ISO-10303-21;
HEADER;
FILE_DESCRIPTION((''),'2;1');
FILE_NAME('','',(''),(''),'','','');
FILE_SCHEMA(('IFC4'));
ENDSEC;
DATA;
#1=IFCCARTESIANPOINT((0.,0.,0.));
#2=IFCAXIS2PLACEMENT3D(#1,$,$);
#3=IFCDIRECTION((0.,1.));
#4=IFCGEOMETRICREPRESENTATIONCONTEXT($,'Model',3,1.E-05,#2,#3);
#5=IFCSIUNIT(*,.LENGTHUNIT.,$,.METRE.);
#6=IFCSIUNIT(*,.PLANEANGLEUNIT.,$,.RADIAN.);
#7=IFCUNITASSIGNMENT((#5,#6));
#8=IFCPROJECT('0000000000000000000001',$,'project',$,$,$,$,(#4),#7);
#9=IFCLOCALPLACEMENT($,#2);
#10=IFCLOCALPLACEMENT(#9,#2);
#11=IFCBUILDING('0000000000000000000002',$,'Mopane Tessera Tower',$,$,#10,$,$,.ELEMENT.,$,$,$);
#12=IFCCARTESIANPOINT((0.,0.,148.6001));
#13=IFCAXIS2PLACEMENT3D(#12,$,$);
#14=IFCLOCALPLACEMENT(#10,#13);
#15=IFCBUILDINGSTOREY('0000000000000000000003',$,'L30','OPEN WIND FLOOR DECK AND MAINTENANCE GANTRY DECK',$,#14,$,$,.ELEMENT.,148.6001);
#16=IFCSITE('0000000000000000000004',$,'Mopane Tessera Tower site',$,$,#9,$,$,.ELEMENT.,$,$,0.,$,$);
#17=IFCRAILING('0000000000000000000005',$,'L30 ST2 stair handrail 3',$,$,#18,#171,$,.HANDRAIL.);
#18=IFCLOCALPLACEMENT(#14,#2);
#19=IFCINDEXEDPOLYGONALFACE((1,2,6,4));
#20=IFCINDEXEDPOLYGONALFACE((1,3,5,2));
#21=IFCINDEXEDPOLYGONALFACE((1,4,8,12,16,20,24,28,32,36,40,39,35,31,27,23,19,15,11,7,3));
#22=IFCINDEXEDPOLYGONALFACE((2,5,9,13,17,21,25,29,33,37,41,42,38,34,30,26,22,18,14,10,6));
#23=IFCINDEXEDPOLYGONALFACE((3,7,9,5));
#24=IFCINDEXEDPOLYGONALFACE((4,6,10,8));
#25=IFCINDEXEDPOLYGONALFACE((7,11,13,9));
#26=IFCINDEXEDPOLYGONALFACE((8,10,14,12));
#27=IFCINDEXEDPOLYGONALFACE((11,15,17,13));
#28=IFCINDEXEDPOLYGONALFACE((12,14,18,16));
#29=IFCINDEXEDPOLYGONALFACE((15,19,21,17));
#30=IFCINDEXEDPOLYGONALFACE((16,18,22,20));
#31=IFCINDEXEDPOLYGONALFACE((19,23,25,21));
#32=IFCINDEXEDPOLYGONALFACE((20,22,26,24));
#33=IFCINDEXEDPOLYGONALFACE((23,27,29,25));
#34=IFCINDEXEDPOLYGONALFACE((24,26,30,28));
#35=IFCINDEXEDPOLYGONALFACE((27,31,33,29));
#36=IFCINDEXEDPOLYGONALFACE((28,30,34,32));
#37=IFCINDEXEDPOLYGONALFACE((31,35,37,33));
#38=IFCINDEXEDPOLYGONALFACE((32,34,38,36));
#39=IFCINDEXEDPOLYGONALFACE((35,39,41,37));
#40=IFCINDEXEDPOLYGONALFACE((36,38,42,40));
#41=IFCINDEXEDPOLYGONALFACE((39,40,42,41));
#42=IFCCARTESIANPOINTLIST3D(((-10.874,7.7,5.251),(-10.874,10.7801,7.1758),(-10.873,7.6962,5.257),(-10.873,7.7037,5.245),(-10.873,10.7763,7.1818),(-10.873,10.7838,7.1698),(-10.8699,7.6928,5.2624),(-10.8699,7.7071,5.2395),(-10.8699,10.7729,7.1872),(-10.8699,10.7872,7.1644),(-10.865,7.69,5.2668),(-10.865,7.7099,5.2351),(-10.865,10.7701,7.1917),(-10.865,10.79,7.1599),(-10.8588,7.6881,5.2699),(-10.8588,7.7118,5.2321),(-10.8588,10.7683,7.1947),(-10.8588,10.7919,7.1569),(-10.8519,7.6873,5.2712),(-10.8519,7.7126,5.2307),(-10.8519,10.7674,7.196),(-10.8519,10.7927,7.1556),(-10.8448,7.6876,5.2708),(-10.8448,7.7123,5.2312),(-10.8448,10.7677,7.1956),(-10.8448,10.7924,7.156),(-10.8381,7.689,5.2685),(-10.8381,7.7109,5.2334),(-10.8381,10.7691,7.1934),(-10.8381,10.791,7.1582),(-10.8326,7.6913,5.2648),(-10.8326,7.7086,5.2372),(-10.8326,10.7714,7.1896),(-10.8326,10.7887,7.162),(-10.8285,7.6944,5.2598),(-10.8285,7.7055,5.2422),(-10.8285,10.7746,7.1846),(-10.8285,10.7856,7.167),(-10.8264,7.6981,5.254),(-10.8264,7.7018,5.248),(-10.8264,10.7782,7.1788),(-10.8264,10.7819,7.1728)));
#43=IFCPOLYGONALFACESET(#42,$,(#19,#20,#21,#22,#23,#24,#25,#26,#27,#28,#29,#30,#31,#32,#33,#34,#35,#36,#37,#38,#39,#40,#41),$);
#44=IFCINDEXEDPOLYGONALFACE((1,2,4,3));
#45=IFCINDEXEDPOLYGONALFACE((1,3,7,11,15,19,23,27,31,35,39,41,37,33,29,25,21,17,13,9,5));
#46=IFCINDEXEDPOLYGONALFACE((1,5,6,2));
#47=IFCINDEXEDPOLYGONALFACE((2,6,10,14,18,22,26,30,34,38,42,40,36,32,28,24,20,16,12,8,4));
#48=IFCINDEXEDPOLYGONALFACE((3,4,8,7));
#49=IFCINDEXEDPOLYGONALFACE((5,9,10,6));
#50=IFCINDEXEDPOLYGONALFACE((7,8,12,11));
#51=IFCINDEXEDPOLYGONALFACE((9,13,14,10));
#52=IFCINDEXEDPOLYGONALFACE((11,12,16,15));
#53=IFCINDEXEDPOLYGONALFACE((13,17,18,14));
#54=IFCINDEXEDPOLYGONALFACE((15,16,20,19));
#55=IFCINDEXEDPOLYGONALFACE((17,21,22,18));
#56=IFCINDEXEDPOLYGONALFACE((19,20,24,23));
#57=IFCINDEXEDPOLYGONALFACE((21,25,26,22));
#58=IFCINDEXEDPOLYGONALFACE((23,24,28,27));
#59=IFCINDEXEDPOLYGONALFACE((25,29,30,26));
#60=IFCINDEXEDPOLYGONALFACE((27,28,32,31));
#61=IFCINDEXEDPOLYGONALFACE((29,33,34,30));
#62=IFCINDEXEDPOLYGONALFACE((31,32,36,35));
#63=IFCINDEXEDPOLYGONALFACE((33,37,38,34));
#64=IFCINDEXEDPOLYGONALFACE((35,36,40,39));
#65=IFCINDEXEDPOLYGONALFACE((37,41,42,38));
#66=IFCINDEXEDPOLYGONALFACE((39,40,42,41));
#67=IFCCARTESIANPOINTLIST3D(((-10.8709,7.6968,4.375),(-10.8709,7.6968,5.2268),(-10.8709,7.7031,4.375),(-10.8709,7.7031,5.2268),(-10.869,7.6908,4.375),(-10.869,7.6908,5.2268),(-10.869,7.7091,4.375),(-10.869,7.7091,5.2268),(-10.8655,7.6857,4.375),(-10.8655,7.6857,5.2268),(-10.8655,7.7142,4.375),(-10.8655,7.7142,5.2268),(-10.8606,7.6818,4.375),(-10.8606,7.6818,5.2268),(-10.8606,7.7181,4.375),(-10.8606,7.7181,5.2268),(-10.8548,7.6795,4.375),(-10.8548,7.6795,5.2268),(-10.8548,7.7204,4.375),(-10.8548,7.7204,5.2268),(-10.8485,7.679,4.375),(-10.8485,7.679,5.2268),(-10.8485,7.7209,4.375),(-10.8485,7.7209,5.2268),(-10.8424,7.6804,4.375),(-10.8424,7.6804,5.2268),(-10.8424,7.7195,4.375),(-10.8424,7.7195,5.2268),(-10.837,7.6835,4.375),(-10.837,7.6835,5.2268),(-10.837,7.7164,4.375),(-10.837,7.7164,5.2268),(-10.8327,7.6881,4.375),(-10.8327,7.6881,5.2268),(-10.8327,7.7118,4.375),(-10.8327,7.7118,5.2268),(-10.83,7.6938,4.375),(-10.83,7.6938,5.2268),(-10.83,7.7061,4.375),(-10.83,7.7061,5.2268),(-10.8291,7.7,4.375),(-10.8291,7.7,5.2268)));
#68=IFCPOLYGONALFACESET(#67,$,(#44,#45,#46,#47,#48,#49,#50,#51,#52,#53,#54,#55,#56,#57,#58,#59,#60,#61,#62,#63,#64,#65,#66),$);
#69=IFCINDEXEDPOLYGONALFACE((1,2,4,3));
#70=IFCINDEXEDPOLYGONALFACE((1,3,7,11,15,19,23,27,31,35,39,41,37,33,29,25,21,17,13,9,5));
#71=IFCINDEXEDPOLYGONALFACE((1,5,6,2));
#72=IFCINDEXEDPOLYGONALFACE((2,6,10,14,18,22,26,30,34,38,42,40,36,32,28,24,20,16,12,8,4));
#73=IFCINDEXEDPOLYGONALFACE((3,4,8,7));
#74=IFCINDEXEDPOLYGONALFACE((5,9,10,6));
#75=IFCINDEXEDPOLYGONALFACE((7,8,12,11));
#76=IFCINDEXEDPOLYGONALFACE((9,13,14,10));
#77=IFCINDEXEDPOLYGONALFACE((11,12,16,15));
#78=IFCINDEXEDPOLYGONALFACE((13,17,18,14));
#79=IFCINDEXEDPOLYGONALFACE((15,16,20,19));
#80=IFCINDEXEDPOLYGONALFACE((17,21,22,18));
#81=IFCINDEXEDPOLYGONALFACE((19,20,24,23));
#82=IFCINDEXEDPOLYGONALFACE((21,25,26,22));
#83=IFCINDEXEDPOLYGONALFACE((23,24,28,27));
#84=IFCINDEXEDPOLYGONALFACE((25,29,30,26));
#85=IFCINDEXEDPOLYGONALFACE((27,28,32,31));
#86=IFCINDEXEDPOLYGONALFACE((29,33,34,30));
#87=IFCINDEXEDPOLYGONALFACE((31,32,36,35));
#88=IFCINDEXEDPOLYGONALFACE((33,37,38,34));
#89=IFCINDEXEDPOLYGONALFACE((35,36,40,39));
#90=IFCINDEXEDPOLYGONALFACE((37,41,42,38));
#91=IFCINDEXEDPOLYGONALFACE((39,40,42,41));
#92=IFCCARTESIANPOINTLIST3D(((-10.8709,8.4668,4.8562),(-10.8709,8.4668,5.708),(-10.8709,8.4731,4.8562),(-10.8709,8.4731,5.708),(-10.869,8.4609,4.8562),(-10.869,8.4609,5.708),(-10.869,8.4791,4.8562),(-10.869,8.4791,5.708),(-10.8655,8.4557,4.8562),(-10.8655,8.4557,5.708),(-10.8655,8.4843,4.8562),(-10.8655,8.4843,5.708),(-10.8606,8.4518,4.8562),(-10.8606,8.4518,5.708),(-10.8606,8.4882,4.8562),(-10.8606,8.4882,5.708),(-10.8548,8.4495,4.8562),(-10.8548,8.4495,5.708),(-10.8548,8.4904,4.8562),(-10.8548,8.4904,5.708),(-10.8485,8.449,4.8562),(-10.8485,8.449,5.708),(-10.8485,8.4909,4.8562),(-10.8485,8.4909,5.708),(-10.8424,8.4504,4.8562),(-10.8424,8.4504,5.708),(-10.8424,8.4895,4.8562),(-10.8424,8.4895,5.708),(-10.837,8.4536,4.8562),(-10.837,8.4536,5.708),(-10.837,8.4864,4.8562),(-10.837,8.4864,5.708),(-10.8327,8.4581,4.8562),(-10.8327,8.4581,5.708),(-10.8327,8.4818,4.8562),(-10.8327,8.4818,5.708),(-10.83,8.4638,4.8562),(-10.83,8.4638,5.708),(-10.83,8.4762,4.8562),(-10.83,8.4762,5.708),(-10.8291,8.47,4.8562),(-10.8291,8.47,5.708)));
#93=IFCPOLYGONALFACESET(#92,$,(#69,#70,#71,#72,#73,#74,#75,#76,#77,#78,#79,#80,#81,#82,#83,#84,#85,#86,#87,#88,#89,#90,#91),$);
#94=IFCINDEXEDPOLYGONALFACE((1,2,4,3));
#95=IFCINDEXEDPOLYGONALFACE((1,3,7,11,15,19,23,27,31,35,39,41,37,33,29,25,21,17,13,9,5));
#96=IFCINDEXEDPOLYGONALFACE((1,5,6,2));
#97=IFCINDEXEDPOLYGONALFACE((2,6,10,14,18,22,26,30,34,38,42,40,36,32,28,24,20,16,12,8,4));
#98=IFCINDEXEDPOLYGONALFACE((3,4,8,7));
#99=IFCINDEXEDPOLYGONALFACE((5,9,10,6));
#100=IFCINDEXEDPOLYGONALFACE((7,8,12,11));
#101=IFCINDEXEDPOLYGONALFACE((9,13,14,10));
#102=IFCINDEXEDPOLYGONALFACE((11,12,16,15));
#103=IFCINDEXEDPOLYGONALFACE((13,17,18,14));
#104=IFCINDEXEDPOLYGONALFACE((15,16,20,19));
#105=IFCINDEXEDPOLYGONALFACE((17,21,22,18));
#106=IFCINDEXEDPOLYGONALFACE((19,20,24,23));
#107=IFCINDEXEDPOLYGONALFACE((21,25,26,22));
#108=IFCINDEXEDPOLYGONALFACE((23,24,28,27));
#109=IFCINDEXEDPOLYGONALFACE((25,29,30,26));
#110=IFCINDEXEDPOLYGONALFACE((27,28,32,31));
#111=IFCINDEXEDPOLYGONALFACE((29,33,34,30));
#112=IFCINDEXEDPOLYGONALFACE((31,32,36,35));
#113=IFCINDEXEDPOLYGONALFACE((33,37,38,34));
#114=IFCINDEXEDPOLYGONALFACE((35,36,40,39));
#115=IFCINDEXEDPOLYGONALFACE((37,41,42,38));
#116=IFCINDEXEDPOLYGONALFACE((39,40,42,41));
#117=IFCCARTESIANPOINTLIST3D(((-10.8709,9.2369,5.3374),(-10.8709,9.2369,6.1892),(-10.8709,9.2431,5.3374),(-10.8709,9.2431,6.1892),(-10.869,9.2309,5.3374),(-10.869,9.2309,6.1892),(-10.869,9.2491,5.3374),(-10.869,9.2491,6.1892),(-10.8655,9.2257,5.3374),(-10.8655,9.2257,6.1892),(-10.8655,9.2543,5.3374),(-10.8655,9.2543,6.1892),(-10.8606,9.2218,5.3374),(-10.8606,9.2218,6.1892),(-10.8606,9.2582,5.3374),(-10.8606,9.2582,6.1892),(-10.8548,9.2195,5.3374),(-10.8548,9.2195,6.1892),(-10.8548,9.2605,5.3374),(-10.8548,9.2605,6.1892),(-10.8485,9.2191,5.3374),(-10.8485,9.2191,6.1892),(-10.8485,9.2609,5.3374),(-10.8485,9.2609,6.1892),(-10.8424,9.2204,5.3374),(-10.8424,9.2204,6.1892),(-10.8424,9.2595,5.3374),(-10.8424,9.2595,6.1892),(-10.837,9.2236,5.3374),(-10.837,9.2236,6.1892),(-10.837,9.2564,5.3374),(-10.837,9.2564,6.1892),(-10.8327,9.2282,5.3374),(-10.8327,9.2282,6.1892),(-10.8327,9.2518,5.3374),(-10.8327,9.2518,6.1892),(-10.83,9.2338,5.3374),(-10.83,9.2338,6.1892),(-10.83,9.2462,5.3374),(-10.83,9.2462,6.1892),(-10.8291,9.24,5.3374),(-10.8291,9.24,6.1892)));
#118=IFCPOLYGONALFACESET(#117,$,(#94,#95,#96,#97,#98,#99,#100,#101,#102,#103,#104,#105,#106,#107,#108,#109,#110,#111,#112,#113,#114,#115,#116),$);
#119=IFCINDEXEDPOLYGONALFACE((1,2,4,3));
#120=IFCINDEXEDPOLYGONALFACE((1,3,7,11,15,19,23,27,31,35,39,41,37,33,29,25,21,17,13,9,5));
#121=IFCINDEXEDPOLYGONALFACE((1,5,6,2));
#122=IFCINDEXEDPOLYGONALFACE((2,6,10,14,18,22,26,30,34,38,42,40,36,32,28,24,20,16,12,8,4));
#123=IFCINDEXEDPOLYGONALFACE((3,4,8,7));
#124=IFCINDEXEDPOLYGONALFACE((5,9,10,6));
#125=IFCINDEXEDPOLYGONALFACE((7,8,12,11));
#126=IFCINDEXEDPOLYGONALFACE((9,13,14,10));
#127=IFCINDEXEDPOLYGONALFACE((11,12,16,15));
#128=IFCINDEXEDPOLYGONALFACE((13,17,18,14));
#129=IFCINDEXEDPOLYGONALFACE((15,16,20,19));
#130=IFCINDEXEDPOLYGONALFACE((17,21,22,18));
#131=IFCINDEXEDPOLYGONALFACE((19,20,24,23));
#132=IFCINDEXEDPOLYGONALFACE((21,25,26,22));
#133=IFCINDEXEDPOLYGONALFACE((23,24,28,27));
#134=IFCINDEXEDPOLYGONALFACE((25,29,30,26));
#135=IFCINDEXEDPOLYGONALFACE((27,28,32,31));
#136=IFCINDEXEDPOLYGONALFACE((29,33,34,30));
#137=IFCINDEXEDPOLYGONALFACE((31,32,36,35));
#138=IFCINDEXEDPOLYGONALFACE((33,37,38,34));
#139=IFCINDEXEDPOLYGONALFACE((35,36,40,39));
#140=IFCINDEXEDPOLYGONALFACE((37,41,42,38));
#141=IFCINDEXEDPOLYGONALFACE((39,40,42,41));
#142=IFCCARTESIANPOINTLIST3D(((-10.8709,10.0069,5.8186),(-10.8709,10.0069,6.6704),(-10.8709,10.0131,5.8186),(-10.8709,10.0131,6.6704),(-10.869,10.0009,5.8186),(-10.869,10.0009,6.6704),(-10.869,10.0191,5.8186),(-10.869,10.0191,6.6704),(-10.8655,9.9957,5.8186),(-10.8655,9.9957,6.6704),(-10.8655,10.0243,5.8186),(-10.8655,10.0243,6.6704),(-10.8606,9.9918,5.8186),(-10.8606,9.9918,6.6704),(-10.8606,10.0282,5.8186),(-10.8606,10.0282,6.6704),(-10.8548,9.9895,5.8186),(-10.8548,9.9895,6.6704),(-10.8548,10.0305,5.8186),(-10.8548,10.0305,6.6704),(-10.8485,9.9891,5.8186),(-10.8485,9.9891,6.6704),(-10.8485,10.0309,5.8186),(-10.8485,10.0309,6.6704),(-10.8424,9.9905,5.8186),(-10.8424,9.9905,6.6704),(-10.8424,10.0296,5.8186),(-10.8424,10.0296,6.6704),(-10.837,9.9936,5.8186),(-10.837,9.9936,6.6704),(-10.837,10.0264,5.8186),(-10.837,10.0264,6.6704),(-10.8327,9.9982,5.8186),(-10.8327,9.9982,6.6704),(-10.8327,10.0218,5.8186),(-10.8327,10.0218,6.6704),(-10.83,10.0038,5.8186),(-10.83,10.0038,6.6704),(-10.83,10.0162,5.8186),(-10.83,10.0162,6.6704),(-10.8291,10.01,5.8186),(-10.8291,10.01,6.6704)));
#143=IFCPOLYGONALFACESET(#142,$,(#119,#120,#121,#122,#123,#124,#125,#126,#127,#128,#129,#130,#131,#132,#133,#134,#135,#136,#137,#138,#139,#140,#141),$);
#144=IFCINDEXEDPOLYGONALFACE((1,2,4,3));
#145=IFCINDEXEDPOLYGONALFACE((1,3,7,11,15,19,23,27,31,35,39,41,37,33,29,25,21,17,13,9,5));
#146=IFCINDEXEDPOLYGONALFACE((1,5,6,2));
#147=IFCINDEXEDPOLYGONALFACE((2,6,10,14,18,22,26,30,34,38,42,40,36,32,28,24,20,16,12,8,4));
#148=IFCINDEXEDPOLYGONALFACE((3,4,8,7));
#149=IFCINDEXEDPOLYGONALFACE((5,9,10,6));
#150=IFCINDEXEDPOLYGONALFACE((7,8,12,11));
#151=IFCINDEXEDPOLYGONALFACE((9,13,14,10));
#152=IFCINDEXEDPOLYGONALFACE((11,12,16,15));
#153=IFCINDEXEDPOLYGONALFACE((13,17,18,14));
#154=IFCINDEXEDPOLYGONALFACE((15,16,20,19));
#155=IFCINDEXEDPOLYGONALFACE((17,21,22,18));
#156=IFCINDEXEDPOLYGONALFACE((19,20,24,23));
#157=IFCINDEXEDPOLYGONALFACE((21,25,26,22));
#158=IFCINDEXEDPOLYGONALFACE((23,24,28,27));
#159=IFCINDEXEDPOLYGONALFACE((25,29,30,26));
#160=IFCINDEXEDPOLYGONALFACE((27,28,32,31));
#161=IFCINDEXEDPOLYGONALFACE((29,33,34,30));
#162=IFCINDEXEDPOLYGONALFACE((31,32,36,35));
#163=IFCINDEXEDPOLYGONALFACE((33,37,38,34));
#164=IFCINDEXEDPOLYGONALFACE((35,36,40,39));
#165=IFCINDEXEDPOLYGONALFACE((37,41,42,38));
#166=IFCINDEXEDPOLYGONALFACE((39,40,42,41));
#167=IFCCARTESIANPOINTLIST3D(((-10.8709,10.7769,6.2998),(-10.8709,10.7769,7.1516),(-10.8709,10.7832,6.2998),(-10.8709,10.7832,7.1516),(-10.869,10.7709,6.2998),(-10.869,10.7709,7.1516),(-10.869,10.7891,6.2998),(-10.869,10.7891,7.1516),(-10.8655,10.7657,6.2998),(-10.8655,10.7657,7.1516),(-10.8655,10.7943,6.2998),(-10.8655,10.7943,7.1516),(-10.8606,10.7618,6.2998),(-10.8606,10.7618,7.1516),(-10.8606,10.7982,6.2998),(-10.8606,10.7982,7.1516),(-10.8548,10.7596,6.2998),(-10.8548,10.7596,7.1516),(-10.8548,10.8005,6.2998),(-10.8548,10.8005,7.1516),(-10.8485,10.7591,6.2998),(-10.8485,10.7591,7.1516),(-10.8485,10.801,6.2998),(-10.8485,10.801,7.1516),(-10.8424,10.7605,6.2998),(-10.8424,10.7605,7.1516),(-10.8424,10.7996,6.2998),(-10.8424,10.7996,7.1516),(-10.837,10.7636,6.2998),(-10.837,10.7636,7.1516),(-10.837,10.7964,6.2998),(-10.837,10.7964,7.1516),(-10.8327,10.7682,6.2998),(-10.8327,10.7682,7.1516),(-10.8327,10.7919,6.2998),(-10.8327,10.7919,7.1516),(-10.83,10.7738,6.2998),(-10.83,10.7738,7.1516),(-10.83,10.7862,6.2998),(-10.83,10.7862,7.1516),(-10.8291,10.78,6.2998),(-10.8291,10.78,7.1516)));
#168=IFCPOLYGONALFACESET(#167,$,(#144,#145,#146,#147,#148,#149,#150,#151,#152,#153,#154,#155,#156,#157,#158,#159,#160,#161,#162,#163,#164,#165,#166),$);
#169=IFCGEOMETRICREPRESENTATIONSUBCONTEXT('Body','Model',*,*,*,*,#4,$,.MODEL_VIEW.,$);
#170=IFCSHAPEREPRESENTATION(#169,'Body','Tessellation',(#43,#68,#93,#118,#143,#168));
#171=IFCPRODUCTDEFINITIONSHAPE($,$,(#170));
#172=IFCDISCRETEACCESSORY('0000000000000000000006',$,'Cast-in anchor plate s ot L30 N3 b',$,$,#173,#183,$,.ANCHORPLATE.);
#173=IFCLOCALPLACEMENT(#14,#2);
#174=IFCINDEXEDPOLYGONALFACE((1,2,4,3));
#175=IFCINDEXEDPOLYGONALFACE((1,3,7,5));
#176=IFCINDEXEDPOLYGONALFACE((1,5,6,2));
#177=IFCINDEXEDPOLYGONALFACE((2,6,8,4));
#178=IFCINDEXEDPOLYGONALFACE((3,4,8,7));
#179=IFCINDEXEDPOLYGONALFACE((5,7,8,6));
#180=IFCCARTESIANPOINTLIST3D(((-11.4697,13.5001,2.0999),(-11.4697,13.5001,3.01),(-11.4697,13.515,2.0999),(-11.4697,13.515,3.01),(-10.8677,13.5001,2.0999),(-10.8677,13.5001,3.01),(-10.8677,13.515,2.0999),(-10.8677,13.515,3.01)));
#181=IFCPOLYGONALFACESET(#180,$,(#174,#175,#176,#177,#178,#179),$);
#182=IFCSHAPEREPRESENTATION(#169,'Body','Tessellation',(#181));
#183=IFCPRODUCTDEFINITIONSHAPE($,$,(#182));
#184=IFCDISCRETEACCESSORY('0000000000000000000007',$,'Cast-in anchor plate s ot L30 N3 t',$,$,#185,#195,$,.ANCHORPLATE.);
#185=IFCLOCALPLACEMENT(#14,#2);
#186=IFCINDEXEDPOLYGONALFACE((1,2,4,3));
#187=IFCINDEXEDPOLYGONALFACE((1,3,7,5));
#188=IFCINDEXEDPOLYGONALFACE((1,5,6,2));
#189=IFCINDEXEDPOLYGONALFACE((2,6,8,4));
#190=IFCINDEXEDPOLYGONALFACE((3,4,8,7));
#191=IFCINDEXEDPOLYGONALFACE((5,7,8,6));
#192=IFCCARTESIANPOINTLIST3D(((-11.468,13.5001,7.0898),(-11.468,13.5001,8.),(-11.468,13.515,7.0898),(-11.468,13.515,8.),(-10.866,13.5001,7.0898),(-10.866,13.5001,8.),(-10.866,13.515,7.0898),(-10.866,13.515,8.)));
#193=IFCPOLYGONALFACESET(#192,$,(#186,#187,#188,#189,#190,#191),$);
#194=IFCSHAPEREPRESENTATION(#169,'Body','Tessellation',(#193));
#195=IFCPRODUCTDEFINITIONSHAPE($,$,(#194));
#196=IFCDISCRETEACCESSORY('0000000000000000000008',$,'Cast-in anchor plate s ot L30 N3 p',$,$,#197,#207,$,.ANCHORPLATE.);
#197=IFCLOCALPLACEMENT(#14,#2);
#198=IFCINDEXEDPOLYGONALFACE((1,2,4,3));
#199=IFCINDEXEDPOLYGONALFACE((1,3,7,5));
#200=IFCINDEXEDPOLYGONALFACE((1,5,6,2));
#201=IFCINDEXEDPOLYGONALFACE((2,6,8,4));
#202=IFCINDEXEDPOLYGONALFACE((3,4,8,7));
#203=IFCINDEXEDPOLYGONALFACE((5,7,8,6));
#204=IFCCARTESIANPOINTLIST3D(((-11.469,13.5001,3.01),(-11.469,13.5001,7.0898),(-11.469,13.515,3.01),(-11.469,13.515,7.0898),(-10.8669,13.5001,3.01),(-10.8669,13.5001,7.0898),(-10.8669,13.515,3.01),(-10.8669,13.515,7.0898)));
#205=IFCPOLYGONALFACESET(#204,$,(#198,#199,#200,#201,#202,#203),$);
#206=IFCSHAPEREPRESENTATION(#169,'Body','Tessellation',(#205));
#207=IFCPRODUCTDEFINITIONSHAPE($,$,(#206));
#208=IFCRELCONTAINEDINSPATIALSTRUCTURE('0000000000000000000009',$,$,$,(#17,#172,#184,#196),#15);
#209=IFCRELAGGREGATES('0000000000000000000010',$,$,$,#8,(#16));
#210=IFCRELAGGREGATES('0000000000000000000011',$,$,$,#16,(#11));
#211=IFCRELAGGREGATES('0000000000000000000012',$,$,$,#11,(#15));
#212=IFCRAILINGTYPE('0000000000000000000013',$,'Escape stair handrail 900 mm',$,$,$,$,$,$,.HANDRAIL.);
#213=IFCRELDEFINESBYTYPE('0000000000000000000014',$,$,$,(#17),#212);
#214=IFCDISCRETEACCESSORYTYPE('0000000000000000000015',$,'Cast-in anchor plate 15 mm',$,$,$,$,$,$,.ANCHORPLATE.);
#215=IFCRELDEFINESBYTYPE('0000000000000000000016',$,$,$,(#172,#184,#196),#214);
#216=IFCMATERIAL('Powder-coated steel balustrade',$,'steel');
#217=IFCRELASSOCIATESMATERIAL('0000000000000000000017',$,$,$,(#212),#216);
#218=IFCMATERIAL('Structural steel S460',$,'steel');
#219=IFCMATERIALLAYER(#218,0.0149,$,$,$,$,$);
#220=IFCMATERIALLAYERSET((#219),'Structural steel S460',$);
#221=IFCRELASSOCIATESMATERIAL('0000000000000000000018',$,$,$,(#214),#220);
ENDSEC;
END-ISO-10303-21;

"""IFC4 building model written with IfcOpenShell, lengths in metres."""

from ifc_helpers import new_model, si_unit, direction, frame, origin, origin_2d, place, context, subcontext, project, spatial, rectangle, circle, extrude, material, layer, layer_set, type_object, element, save


model = new_model("IFC4")

# Units and contexts
model_context = context("Model", 3, precision=1e-05, world=origin(), true_north=direction((0.0, 1.0)))
body_context = subcontext(model_context, "Body", "Model", "MODEL_VIEW")
ifc_project = project(units=[si_unit("LENGTHUNIT", "METRE"), si_unit("PLANEANGLEUNIT", "RADIAN")], contexts=[model_context])

# Site, building, storey
site_placement = place(None, origin())
site = spatial("IfcSite", under=ifc_project, at=site_placement, Name="Mopane Tessera Tower site", CompositionType="ELEMENT", RefElevation=0.0)
building_placement = place(site_placement, origin())
building = spatial("IfcBuilding", under=site, at=building_placement, Name="Mopane Tessera Tower", CompositionType="ELEMENT")
storey_placement = place(building_placement, frame((0.0, 0.0, 148.6001)))
storey = spatial("IfcBuildingStorey", under=building, at=storey_placement, Name="L30", Description="OPEN WIND FLOOR DECK AND MAINTENANCE GANTRY DECK", CompositionType="ELEMENT", Elevation=148.6001)

# Railing
ifc_material_1 = material(Name="Powder-coated steel balustrade", Category="steel")
railing_type = type_object("IfcRailingType", Name="Escape stair handrail 900 mm", PredefinedType="HANDRAIL", material=ifc_material_1)
railing_1_placement = place(storey_placement, frame((-10.8501, 7.7, 4.375)))
element("IfcRailing", 1, at=railing_1_placement, inside=storey, type_object=railing_type, Name="L30 ST2 stair handrail 3", PredefinedType="HANDRAIL", context=body_context, shape_type="SweptSolid", body=[
    extrude(circle(Radius=0.0239, at=origin_2d()), frame((0.0, 0.0, 0.876), z_axis=(0.0, 0.848029, 0.529951), x_axis=(-1.0, 0.0, 0.0)), (0.0, 0.0, 1.0), 3.6321),
    extrude(circle(Radius=0.021, at=origin_2d()), origin(), (0.0, 0.0, 1.0), 0.8518),
    extrude(circle(Radius=0.021, at=origin_2d()), frame((0.0, 0.77, 0.4812)), (0.0, 0.0, 1.0), 0.8518),
    extrude(circle(Radius=0.021, at=origin_2d()), frame((0.0, 1.54, 0.9624)), (0.0, 0.0, 1.0), 0.8518),
    extrude(circle(Radius=0.021, at=origin_2d()), frame((0.0, 2.3101, 1.4436)), (0.0, 0.0, 1.0), 0.8518),
    extrude(circle(Radius=0.021, at=origin_2d()), frame((0.0, 3.0801, 1.9248)), (0.0, 0.0, 1.0), 0.8518),
])

# Discrete accessories
ifc_material_2 = material(Name="Structural steel S460", Category="steel")
ifc_layer_1 = layer(ifc_material_2, 0.0149)
ifc_layer_set_1 = layer_set([ifc_layer_1], Name="Structural steel S460")
discrete_accessory_type = type_object("IfcDiscreteAccessoryType", Name="Cast-in anchor plate 15 mm", PredefinedType="ANCHORPLATE", material=ifc_layer_set_1)
for number, where, z_axis, x_axis, name in (
    (2, (-11.1687, 13.5076, 2.0999), (0.0, 0.0, 1.0), (0.0, 1.0, 0.0), "Cast-in anchor plate s ot L30 N3 b"),
    (3, (-11.167, 13.5076, 7.0898), (0.0, 0.0, 1.0), (0.0, 1.0, 0.0), "Cast-in anchor plate s ot L30 N3 t"),
):
    element("IfcDiscreteAccessory", number, at=place(storey_placement, frame(where, z_axis=z_axis, x_axis=x_axis)), inside=storey, type_object=discrete_accessory_type, Name=name, PredefinedType="ANCHORPLATE", context=body_context, shape_type="SweptSolid", body=[
        extrude(rectangle(XDim=0.0149, YDim=0.6021, at=origin_2d()), origin(), (0.0, 0.0, 1.0), 0.9102),
    ])
discrete_accessory_placement = place(storey_placement, frame((-11.168, 13.5076, 3.01), z_axis=(0.0, 0.0, 1.0), x_axis=(0.0, 1.0, 0.0)))
element("IfcDiscreteAccessory", 4, at=discrete_accessory_placement, inside=storey, type_object=discrete_accessory_type, Name="Cast-in anchor plate s ot L30 N3 p", PredefinedType="ANCHORPLATE", context=body_context, shape_type="SweptSolid", body=[
    extrude(rectangle(XDim=0.0149, YDim=0.6021, at=origin_2d()), origin(), (0.0, 0.0, 1.0), 4.0798),
])

save(model, "model.ifc")
